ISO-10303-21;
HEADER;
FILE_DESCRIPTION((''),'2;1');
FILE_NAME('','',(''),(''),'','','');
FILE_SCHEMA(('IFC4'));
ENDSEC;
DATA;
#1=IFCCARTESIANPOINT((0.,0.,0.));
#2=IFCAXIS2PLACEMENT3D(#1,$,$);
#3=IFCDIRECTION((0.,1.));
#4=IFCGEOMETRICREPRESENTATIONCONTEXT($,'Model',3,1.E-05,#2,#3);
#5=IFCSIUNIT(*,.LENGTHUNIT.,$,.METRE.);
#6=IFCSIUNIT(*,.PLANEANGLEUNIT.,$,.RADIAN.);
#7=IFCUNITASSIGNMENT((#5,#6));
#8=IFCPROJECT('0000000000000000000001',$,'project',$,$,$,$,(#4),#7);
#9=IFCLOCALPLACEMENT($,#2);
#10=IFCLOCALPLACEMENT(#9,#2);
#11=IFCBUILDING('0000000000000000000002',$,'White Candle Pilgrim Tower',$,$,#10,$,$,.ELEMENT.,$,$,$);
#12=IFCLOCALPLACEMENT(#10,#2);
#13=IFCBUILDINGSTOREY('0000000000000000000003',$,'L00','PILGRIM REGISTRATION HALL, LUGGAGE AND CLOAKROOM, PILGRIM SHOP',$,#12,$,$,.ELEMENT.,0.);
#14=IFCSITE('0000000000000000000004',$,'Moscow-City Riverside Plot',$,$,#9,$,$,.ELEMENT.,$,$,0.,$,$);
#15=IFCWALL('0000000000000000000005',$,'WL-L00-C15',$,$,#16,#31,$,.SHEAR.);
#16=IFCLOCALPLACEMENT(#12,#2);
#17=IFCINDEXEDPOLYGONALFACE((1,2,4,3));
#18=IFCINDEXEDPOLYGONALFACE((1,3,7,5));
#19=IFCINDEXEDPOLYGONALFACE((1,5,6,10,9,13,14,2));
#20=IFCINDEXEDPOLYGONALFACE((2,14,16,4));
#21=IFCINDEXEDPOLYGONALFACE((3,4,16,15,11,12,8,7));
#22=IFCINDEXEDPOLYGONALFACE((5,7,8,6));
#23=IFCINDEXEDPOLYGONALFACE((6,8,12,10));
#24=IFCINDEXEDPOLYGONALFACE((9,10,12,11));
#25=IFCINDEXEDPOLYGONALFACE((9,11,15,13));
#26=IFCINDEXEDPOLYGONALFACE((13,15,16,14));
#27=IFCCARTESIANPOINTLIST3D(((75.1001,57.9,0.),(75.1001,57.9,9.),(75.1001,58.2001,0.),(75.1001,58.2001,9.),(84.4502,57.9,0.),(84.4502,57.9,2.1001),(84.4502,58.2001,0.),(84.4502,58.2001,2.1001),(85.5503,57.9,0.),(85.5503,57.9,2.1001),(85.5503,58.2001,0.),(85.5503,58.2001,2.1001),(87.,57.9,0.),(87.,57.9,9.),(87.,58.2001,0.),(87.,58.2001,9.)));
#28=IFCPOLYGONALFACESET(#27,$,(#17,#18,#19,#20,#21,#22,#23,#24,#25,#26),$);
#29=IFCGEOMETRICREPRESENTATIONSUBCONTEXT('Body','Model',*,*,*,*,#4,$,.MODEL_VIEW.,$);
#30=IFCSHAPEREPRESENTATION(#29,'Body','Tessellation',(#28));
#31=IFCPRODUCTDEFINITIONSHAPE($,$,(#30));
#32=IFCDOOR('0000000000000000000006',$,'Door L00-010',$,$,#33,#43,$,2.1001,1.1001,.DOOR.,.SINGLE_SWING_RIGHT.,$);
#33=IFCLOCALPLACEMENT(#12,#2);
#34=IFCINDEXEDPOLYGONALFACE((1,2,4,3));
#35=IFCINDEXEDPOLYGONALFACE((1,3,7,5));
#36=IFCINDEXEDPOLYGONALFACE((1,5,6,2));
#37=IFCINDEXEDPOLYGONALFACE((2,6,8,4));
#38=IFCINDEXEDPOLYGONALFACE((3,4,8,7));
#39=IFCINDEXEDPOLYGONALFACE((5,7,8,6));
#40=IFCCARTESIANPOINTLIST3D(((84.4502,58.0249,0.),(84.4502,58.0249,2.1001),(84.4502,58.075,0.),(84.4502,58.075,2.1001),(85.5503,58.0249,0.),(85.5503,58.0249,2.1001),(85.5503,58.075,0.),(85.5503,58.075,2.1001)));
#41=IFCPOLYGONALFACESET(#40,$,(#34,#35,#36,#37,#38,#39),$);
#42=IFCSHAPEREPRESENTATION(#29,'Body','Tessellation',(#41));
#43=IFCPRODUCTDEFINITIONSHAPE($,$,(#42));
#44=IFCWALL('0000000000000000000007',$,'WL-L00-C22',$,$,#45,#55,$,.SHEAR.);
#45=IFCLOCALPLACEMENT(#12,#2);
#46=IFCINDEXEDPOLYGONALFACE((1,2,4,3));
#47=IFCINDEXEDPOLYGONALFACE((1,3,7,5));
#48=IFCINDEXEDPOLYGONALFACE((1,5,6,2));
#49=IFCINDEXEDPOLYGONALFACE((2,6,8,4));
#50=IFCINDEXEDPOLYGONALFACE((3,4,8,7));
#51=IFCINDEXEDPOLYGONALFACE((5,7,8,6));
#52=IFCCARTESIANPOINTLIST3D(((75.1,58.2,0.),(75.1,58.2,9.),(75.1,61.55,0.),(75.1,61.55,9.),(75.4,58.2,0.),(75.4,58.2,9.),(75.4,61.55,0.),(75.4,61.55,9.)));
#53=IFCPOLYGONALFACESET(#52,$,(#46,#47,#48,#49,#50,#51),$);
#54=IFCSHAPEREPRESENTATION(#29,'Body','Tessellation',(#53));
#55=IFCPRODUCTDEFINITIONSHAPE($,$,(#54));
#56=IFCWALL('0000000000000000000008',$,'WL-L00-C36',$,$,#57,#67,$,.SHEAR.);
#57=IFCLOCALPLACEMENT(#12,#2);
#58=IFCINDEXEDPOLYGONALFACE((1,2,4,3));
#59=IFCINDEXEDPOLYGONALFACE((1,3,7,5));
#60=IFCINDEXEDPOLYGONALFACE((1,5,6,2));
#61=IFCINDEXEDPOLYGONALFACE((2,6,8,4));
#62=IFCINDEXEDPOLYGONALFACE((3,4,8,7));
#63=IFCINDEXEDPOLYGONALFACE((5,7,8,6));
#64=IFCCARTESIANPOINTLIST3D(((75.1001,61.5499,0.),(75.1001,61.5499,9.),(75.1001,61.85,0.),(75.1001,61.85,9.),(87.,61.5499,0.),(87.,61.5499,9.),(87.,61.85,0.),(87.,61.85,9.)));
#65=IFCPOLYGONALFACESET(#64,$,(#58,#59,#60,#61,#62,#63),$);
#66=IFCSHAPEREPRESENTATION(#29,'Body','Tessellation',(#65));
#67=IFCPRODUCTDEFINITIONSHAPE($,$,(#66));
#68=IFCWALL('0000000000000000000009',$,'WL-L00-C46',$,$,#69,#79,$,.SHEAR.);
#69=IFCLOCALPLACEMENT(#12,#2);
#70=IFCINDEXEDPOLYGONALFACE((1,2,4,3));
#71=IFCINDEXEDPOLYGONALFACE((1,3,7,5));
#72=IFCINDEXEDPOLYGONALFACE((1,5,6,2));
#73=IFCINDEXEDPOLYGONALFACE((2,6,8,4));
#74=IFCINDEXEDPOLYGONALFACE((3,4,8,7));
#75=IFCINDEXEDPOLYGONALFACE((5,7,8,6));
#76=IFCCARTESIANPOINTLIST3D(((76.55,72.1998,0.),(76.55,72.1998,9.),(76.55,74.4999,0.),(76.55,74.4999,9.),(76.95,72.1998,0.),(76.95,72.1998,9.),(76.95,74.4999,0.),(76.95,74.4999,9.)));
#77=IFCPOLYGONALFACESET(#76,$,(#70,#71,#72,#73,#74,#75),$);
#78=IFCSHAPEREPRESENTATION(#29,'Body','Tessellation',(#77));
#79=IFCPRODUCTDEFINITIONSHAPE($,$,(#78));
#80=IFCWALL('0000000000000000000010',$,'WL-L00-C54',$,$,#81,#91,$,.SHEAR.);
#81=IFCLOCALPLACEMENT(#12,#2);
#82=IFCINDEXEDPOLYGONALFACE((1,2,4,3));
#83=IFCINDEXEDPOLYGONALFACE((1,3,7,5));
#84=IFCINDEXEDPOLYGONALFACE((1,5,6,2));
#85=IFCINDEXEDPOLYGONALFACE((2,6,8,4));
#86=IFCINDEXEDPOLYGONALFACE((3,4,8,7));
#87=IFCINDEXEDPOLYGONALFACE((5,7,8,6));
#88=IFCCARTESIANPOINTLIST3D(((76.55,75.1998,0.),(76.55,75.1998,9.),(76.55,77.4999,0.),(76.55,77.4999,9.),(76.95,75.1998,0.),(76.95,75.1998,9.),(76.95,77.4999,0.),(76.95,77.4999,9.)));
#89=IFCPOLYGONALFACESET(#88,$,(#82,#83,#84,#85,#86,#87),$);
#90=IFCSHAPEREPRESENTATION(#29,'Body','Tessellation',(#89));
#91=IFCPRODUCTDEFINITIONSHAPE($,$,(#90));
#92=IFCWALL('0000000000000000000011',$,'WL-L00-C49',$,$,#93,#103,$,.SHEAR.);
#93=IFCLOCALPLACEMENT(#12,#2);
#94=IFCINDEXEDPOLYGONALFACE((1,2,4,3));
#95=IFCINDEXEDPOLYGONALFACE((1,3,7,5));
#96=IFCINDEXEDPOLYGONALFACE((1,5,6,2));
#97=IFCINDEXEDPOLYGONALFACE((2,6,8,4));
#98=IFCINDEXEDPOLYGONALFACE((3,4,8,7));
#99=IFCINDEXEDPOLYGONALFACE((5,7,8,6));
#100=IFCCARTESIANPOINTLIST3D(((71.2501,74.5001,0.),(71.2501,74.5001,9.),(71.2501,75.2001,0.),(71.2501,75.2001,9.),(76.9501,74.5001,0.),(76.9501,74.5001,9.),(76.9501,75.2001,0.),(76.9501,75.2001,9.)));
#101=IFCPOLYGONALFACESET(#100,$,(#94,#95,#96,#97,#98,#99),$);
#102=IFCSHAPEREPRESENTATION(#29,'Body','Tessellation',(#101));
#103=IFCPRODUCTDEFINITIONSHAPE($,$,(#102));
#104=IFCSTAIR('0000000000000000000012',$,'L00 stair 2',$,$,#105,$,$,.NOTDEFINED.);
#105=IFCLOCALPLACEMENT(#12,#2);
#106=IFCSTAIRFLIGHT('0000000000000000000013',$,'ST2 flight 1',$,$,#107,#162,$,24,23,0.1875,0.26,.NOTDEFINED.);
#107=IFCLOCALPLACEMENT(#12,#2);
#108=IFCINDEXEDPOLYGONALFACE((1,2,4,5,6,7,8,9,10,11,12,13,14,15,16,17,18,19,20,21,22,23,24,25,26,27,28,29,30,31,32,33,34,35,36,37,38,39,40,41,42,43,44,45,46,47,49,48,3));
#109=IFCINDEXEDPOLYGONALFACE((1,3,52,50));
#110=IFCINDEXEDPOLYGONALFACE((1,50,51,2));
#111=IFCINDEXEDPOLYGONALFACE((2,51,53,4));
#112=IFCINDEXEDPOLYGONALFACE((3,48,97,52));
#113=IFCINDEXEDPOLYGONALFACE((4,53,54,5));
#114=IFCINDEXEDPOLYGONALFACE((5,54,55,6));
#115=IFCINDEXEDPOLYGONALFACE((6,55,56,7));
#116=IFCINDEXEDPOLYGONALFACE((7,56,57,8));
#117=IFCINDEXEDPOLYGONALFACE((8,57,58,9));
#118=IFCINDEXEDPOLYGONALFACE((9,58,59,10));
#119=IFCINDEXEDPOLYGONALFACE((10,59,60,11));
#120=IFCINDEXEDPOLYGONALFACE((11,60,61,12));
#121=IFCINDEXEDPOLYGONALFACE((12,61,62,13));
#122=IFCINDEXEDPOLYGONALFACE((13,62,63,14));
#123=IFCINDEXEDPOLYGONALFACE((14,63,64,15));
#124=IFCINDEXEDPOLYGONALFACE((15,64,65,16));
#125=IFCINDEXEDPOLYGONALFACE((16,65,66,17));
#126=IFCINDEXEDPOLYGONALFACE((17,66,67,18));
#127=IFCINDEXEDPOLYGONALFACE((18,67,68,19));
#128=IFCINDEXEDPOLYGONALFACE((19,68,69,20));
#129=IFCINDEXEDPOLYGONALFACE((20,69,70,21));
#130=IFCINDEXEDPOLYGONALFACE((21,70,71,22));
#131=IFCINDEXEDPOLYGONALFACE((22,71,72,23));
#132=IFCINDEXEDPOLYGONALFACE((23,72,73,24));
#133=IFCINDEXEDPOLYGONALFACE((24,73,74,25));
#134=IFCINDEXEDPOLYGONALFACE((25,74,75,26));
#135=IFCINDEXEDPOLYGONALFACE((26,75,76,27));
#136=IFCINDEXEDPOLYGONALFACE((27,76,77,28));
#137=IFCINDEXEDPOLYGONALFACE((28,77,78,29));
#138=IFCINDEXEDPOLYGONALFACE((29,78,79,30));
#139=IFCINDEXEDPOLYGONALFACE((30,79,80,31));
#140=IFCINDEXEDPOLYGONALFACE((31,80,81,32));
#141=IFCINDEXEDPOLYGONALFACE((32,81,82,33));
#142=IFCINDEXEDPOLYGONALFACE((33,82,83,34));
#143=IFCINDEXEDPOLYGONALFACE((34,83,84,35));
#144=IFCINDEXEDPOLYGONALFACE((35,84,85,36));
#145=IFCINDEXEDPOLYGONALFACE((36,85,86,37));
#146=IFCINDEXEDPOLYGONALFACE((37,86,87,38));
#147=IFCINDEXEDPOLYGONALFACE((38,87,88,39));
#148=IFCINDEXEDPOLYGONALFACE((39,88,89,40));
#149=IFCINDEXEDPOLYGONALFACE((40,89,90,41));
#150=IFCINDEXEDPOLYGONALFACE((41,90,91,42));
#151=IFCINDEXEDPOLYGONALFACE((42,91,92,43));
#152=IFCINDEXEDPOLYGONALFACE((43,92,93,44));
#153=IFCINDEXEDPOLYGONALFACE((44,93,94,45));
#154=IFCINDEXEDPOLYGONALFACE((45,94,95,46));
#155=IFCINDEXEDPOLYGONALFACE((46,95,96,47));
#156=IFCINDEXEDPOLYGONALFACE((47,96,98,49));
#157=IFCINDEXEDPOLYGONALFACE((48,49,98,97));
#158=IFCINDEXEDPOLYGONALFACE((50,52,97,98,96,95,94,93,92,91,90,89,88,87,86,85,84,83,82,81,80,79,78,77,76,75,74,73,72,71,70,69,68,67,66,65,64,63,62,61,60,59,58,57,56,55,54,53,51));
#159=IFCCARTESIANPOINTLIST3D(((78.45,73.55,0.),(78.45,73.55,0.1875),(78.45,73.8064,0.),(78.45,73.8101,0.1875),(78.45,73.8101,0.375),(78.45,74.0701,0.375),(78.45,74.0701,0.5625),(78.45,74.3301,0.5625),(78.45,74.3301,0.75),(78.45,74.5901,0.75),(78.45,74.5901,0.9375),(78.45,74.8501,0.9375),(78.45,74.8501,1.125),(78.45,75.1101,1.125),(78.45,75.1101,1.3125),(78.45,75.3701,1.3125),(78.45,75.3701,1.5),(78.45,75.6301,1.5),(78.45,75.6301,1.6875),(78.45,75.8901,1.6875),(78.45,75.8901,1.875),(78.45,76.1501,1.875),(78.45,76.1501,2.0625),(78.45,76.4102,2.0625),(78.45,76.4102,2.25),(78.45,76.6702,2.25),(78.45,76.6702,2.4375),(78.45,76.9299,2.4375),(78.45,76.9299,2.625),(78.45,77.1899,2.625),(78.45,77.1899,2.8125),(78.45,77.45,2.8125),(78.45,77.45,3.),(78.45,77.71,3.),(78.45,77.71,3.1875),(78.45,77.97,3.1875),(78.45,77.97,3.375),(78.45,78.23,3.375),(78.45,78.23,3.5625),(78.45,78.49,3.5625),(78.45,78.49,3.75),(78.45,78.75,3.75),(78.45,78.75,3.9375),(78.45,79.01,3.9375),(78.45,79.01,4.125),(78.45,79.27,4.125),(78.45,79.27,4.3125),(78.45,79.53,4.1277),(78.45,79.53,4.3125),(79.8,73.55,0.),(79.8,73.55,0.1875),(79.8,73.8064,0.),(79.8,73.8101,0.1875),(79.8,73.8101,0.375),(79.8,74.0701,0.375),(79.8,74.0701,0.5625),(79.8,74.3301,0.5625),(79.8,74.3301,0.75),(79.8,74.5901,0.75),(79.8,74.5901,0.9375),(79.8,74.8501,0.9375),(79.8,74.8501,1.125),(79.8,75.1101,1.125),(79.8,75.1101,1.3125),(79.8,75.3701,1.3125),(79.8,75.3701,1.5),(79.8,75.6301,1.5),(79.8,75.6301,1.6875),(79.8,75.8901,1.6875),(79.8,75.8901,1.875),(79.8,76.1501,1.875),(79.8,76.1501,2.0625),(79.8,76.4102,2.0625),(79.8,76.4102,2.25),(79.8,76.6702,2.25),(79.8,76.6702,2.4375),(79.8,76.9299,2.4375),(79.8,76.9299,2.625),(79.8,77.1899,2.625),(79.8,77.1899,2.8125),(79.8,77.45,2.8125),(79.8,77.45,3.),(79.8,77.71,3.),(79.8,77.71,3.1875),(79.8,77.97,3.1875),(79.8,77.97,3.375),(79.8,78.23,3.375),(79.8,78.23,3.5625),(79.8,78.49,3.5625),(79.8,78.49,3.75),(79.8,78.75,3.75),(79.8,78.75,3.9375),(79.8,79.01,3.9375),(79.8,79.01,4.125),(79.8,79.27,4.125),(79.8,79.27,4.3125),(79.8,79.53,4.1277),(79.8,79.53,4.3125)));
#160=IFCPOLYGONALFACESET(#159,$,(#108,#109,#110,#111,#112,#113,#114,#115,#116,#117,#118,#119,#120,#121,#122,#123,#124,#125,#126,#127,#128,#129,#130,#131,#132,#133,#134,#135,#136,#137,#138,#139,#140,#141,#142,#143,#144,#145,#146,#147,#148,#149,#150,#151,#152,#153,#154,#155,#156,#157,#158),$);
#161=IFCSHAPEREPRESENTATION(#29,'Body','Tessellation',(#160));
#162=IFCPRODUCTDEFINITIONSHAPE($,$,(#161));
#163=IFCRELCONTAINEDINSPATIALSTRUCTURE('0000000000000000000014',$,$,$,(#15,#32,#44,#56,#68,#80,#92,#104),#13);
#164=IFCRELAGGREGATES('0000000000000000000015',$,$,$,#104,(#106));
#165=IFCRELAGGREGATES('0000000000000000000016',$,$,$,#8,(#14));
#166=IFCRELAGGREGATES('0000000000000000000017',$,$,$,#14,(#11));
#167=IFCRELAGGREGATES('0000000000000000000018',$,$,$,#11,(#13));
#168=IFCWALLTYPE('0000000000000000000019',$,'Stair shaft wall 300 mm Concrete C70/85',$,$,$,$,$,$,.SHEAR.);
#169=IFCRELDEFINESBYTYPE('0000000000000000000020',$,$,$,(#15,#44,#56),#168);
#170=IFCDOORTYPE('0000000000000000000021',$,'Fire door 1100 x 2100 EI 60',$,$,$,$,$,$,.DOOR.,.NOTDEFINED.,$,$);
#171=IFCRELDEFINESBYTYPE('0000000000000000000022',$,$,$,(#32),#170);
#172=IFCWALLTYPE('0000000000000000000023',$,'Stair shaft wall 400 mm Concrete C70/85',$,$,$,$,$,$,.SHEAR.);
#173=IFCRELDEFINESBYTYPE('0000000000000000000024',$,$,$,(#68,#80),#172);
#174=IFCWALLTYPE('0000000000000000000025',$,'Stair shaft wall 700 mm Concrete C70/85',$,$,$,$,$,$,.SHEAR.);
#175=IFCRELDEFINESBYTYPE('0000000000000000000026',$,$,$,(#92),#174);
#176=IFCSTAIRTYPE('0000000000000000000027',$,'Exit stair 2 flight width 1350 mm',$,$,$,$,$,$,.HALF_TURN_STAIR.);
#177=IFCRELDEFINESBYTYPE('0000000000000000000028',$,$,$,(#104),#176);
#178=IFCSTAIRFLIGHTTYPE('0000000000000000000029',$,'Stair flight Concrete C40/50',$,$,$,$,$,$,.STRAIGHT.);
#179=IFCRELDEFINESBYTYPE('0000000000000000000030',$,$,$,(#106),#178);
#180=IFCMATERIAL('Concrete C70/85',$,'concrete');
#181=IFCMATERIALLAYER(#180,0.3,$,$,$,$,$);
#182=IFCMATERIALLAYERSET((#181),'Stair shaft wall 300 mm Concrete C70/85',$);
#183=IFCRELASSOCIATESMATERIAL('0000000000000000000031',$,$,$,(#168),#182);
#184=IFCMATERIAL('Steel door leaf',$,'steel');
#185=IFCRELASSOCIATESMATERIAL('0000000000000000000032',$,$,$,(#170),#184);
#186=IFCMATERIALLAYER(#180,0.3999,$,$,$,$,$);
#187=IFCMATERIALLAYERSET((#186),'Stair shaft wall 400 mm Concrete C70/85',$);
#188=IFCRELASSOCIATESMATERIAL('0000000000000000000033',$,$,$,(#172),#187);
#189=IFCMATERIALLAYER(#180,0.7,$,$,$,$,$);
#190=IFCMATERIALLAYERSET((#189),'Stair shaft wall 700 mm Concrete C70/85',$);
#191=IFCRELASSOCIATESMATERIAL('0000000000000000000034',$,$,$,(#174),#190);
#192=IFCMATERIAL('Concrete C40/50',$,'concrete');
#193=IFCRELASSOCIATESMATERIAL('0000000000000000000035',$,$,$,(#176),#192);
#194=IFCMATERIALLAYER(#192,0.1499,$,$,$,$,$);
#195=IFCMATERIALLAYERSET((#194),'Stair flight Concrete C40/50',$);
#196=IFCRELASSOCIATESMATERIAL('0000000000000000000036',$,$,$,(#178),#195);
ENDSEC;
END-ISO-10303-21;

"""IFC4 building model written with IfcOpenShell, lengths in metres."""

from ifc_helpers import new_model, si_unit, direction, frame, frame_2d, origin, place, context, subcontext, project, spatial, polyline, rectangle, outline, extrude, material, layer, layer_set, type_object, element, fill, aggregate, save


model = new_model("IFC4")

# Units and contexts
model_context = context("Model", 3, precision=1e-05, world=origin(), true_north=direction((0.0, 1.0)))
body_context = subcontext(model_context, "Body", "Model", "MODEL_VIEW")
ifc_project = project(units=[si_unit("LENGTHUNIT", "METRE"), si_unit("PLANEANGLEUNIT", "RADIAN")], contexts=[model_context])

# Site, building, storey
site_placement = place(None, origin())
site = spatial("IfcSite", under=ifc_project, at=site_placement, Name="Moscow-City Riverside Plot", CompositionType="ELEMENT", RefElevation=0.0)
building_placement = place(site_placement, origin())
building = spatial("IfcBuilding", under=site, at=building_placement, Name="White Candle Pilgrim Tower", CompositionType="ELEMENT")
storey_placement = place(building_placement, origin())
storey = spatial("IfcBuildingStorey", under=building, at=storey_placement, Name="L00", Description="PILGRIM REGISTRATION HALL, LUGGAGE AND CLOAKROOM, PILGRIM SHOP", CompositionType="ELEMENT", Elevation=0.0)

# Shared definitions
ifc_material_1 = material(Name="Concrete C70/85", Category="concrete")

# Wall, opening, door
ifc_layer_1 = layer(ifc_material_1, 0.3)
ifc_layer_set_1 = layer_set([ifc_layer_1], Name="Stair shaft wall 300 mm Concrete C70/85")
wall_type_1 = type_object("IfcWallType", Name="Stair shaft wall 300 mm Concrete C70/85", PredefinedType="SHEAR", material=ifc_layer_set_1)
wall_1_placement = place(storey_placement, frame((75.1001, 58.05, 0.0), z_axis=(0.0, 0.0, 1.0), x_axis=(1.0, 0.0, 0.0)))
wall_1 = element("IfcWall", 1, at=wall_1_placement, inside=storey, type_object=wall_type_1, Name="WL-L00-C15", PredefinedType="SHEAR", context=body_context, shape_type="SweptSolid", body=[
    extrude(rectangle(XDim=11.8999, YDim=0.3, at=frame_2d((5.95, 0.0))), origin(), (0.0, 0.0, 1.0), 9.0),
])
opening_placement = place(wall_1_placement, frame((9.3501, 0.0, 0.0)))
opening = element("IfcOpeningElement", 2, at=opening_placement, cuts=wall_1, PredefinedType="OPENING", context=body_context, shape_type="SweptSolid", body=[
    extrude(rectangle(XDim=1.1001, YDim=2.1001, at=frame_2d((0.55, 1.05))), frame((0.0, 0.1599, 0.0), z_axis=(0.0, -1.0, 0.0), x_axis=(1.0, 0.0, 0.0)), (0.0, 0.0, 1.0), 0.3201),
])
ifc_material_2 = material(Name="Steel door leaf", Category="steel")
door_type = type_object("IfcDoorType", Name="Fire door 1100 x 2100 EI 60", OperationType="NOTDEFINED", PredefinedType="DOOR", material=ifc_material_2)
door_placement = place(opening_placement, origin())
door = element("IfcDoor", 3, at=door_placement, inside=storey, type_object=door_type, Name="Door L00-010", OperationType="SINGLE_SWING_RIGHT", OverallHeight=2.1001, OverallWidth=1.1001, PredefinedType="DOOR", context=body_context, shape_type="SweptSolid", body=[
    extrude(rectangle(XDim=1.1001, YDim=2.1001, at=frame_2d((0.55, 1.05))), frame((0.0, 0.0249, 0.0), z_axis=(0.0, -1.0, 0.0), x_axis=(1.0, 0.0, 0.0)), (0.0, 0.0, 1.0), 0.05),
])
fill(opening, door)

# Walls
wall_2_placement = place(storey_placement, frame((75.25, 58.2, 0.0), z_axis=(0.0, 0.0, 1.0), x_axis=(0.0, 1.0, 0.0)))
element("IfcWall", 4, at=wall_2_placement, inside=storey, type_object=wall_type_1, Name="WL-L00-C22", PredefinedType="SHEAR", context=body_context, shape_type="SweptSolid", body=[
    extrude(rectangle(XDim=3.3501, YDim=0.3, at=frame_2d((1.675, 0.0))), origin(), (0.0, 0.0, 1.0), 9.0),
])
wall_3_placement = place(storey_placement, frame((75.1001, 61.7, 0.0), z_axis=(0.0, 0.0, 1.0), x_axis=(1.0, 0.0, 0.0)))
element("IfcWall", 5, at=wall_3_placement, inside=storey, type_object=wall_type_1, Name="WL-L00-C36", PredefinedType="SHEAR", context=body_context, shape_type="SweptSolid", body=[
    extrude(rectangle(XDim=11.8999, YDim=0.3, at=frame_2d((5.95, 0.0))), origin(), (0.0, 0.0, 1.0), 9.0),
])
ifc_layer_2 = layer(ifc_material_1, 0.3999)
ifc_layer_set_2 = layer_set([ifc_layer_2], Name="Stair shaft wall 400 mm Concrete C70/85")
wall_type_2 = type_object("IfcWallType", Name="Stair shaft wall 400 mm Concrete C70/85", PredefinedType="SHEAR", material=ifc_layer_set_2)
for number, where, z_axis, x_axis, name in (
    (6, (76.75, 72.2, 0.0), (0.0, 0.0, 1.0), (0.0, 1.0, 0.0), "WL-L00-C46"),
    (7, (76.75, 75.2, 0.0), (0.0, 0.0, 1.0), (0.0, 1.0, 0.0), "WL-L00-C54"),
):
    element("IfcWall", number, at=place(storey_placement, frame(where, z_axis=z_axis, x_axis=x_axis)), inside=storey, type_object=wall_type_2, Name=name, PredefinedType="SHEAR", context=body_context, shape_type="SweptSolid", body=[
        extrude(rectangle(XDim=2.3, YDim=0.3999, at=frame_2d((1.1499, 0.0))), origin(), (0.0, 0.0, 1.0), 9.0),
    ])
ifc_layer_3 = layer(ifc_material_1, 0.7)
ifc_layer_set_3 = layer_set([ifc_layer_3], Name="Stair shaft wall 700 mm Concrete C70/85")
wall_type_3 = type_object("IfcWallType", Name="Stair shaft wall 700 mm Concrete C70/85", PredefinedType="SHEAR", material=ifc_layer_set_3)
wall_4_placement = place(storey_placement, frame((71.25, 74.8501, 0.0), z_axis=(0.0, 0.0, 1.0), x_axis=(1.0, 0.0, 0.0)))
element("IfcWall", 8, at=wall_4_placement, inside=storey, type_object=wall_type_3, Name="WL-L00-C49", PredefinedType="SHEAR", context=body_context, shape_type="SweptSolid", body=[
    extrude(rectangle(XDim=5.7, YDim=0.7, at=frame_2d((2.8501, 0.0))), origin(), (0.0, 0.0, 1.0), 9.0),
])

# Stair, stair flight
ifc_material_3 = material(Name="Concrete C40/50", Category="concrete")
stair_type = type_object("IfcStairType", Name="Exit stair 2 flight width 1350 mm", PredefinedType="HALF_TURN_STAIR", material=ifc_material_3)
stair_placement = place(storey_placement, origin())
stair = element("IfcStair", 9, at=stair_placement, inside=storey, type_object=stair_type, Name="L00 stair 2", PredefinedType="NOTDEFINED")
ifc_layer_4 = layer(ifc_material_3, 0.1499)
ifc_layer_set_4 = layer_set([ifc_layer_4], Name="Stair flight Concrete C40/50")
stair_flight_type = type_object("IfcStairFlightType", Name="Stair flight Concrete C40/50", PredefinedType="STRAIGHT", material=ifc_layer_set_4)
stair_flight_placement = place(storey_placement, frame((79.125, 73.55, 0.0), z_axis=(0.0, 0.0, 1.0), x_axis=(0.0, 1.0, 0.0)))
stair_flight = element("IfcStairFlight", 10, at=stair_flight_placement, type_object=stair_flight_type, Name="ST2 flight 1", NumberOfRisers=24, NumberOfTreads=23, PredefinedType="NOTDEFINED", RiserHeight=0.1875, TreadLength=0.26, context=body_context, shape_type="SweptSolid", body=[
    extrude(outline(polyline([(0.0, 0.0), (0.0, 0.1875), (0.26, 0.1875), (0.26, 0.375), (0.52, 0.375), (0.52, 0.5625), (0.78, 0.5625), (0.78, 0.75), (1.04, 0.75), (1.04, 0.9375), (1.3, 0.9375), (1.3, 1.125), (1.5601, 1.125), (1.5601, 1.3125), (1.8201, 1.3125), (1.8201, 1.5), (2.0801, 1.5), (2.0801, 1.6875), (2.3401, 1.6875), (2.3401, 1.875), (2.6001, 1.875), (2.6001, 2.0625), (2.8601, 2.0625), (2.8601, 2.25), (3.1201, 2.25), (3.1201, 2.4375), (3.3799, 2.4375), (3.3799, 2.625), (3.6399, 2.625), (3.6399, 2.8125), (3.8999, 2.8125), (3.8999, 3.0), (4.1599, 3.0), (4.1599, 3.1875), (4.4199, 3.1875), (4.4199, 3.375), (4.6799, 3.375), (4.6799, 3.5625), (4.9399, 3.5625), (4.9399, 3.75), (5.2, 3.75), (5.2, 3.9375), (5.46, 3.9375), (5.46, 4.125), (5.72, 4.125), (5.72, 4.3125), (5.98, 4.3125), (5.98, 4.5), (5.98, 4.1277), (0.2563, 0.0), (0.0, 0.0)])), frame((0.0, 0.675, 0.0), z_axis=(0.0, -1.0, 0.0), x_axis=(1.0, 0.0, 0.0)), (0.0, 0.0, 1.0), 1.3501),
])
aggregate(stair, [stair_flight])

save(model, "model.ifc")
